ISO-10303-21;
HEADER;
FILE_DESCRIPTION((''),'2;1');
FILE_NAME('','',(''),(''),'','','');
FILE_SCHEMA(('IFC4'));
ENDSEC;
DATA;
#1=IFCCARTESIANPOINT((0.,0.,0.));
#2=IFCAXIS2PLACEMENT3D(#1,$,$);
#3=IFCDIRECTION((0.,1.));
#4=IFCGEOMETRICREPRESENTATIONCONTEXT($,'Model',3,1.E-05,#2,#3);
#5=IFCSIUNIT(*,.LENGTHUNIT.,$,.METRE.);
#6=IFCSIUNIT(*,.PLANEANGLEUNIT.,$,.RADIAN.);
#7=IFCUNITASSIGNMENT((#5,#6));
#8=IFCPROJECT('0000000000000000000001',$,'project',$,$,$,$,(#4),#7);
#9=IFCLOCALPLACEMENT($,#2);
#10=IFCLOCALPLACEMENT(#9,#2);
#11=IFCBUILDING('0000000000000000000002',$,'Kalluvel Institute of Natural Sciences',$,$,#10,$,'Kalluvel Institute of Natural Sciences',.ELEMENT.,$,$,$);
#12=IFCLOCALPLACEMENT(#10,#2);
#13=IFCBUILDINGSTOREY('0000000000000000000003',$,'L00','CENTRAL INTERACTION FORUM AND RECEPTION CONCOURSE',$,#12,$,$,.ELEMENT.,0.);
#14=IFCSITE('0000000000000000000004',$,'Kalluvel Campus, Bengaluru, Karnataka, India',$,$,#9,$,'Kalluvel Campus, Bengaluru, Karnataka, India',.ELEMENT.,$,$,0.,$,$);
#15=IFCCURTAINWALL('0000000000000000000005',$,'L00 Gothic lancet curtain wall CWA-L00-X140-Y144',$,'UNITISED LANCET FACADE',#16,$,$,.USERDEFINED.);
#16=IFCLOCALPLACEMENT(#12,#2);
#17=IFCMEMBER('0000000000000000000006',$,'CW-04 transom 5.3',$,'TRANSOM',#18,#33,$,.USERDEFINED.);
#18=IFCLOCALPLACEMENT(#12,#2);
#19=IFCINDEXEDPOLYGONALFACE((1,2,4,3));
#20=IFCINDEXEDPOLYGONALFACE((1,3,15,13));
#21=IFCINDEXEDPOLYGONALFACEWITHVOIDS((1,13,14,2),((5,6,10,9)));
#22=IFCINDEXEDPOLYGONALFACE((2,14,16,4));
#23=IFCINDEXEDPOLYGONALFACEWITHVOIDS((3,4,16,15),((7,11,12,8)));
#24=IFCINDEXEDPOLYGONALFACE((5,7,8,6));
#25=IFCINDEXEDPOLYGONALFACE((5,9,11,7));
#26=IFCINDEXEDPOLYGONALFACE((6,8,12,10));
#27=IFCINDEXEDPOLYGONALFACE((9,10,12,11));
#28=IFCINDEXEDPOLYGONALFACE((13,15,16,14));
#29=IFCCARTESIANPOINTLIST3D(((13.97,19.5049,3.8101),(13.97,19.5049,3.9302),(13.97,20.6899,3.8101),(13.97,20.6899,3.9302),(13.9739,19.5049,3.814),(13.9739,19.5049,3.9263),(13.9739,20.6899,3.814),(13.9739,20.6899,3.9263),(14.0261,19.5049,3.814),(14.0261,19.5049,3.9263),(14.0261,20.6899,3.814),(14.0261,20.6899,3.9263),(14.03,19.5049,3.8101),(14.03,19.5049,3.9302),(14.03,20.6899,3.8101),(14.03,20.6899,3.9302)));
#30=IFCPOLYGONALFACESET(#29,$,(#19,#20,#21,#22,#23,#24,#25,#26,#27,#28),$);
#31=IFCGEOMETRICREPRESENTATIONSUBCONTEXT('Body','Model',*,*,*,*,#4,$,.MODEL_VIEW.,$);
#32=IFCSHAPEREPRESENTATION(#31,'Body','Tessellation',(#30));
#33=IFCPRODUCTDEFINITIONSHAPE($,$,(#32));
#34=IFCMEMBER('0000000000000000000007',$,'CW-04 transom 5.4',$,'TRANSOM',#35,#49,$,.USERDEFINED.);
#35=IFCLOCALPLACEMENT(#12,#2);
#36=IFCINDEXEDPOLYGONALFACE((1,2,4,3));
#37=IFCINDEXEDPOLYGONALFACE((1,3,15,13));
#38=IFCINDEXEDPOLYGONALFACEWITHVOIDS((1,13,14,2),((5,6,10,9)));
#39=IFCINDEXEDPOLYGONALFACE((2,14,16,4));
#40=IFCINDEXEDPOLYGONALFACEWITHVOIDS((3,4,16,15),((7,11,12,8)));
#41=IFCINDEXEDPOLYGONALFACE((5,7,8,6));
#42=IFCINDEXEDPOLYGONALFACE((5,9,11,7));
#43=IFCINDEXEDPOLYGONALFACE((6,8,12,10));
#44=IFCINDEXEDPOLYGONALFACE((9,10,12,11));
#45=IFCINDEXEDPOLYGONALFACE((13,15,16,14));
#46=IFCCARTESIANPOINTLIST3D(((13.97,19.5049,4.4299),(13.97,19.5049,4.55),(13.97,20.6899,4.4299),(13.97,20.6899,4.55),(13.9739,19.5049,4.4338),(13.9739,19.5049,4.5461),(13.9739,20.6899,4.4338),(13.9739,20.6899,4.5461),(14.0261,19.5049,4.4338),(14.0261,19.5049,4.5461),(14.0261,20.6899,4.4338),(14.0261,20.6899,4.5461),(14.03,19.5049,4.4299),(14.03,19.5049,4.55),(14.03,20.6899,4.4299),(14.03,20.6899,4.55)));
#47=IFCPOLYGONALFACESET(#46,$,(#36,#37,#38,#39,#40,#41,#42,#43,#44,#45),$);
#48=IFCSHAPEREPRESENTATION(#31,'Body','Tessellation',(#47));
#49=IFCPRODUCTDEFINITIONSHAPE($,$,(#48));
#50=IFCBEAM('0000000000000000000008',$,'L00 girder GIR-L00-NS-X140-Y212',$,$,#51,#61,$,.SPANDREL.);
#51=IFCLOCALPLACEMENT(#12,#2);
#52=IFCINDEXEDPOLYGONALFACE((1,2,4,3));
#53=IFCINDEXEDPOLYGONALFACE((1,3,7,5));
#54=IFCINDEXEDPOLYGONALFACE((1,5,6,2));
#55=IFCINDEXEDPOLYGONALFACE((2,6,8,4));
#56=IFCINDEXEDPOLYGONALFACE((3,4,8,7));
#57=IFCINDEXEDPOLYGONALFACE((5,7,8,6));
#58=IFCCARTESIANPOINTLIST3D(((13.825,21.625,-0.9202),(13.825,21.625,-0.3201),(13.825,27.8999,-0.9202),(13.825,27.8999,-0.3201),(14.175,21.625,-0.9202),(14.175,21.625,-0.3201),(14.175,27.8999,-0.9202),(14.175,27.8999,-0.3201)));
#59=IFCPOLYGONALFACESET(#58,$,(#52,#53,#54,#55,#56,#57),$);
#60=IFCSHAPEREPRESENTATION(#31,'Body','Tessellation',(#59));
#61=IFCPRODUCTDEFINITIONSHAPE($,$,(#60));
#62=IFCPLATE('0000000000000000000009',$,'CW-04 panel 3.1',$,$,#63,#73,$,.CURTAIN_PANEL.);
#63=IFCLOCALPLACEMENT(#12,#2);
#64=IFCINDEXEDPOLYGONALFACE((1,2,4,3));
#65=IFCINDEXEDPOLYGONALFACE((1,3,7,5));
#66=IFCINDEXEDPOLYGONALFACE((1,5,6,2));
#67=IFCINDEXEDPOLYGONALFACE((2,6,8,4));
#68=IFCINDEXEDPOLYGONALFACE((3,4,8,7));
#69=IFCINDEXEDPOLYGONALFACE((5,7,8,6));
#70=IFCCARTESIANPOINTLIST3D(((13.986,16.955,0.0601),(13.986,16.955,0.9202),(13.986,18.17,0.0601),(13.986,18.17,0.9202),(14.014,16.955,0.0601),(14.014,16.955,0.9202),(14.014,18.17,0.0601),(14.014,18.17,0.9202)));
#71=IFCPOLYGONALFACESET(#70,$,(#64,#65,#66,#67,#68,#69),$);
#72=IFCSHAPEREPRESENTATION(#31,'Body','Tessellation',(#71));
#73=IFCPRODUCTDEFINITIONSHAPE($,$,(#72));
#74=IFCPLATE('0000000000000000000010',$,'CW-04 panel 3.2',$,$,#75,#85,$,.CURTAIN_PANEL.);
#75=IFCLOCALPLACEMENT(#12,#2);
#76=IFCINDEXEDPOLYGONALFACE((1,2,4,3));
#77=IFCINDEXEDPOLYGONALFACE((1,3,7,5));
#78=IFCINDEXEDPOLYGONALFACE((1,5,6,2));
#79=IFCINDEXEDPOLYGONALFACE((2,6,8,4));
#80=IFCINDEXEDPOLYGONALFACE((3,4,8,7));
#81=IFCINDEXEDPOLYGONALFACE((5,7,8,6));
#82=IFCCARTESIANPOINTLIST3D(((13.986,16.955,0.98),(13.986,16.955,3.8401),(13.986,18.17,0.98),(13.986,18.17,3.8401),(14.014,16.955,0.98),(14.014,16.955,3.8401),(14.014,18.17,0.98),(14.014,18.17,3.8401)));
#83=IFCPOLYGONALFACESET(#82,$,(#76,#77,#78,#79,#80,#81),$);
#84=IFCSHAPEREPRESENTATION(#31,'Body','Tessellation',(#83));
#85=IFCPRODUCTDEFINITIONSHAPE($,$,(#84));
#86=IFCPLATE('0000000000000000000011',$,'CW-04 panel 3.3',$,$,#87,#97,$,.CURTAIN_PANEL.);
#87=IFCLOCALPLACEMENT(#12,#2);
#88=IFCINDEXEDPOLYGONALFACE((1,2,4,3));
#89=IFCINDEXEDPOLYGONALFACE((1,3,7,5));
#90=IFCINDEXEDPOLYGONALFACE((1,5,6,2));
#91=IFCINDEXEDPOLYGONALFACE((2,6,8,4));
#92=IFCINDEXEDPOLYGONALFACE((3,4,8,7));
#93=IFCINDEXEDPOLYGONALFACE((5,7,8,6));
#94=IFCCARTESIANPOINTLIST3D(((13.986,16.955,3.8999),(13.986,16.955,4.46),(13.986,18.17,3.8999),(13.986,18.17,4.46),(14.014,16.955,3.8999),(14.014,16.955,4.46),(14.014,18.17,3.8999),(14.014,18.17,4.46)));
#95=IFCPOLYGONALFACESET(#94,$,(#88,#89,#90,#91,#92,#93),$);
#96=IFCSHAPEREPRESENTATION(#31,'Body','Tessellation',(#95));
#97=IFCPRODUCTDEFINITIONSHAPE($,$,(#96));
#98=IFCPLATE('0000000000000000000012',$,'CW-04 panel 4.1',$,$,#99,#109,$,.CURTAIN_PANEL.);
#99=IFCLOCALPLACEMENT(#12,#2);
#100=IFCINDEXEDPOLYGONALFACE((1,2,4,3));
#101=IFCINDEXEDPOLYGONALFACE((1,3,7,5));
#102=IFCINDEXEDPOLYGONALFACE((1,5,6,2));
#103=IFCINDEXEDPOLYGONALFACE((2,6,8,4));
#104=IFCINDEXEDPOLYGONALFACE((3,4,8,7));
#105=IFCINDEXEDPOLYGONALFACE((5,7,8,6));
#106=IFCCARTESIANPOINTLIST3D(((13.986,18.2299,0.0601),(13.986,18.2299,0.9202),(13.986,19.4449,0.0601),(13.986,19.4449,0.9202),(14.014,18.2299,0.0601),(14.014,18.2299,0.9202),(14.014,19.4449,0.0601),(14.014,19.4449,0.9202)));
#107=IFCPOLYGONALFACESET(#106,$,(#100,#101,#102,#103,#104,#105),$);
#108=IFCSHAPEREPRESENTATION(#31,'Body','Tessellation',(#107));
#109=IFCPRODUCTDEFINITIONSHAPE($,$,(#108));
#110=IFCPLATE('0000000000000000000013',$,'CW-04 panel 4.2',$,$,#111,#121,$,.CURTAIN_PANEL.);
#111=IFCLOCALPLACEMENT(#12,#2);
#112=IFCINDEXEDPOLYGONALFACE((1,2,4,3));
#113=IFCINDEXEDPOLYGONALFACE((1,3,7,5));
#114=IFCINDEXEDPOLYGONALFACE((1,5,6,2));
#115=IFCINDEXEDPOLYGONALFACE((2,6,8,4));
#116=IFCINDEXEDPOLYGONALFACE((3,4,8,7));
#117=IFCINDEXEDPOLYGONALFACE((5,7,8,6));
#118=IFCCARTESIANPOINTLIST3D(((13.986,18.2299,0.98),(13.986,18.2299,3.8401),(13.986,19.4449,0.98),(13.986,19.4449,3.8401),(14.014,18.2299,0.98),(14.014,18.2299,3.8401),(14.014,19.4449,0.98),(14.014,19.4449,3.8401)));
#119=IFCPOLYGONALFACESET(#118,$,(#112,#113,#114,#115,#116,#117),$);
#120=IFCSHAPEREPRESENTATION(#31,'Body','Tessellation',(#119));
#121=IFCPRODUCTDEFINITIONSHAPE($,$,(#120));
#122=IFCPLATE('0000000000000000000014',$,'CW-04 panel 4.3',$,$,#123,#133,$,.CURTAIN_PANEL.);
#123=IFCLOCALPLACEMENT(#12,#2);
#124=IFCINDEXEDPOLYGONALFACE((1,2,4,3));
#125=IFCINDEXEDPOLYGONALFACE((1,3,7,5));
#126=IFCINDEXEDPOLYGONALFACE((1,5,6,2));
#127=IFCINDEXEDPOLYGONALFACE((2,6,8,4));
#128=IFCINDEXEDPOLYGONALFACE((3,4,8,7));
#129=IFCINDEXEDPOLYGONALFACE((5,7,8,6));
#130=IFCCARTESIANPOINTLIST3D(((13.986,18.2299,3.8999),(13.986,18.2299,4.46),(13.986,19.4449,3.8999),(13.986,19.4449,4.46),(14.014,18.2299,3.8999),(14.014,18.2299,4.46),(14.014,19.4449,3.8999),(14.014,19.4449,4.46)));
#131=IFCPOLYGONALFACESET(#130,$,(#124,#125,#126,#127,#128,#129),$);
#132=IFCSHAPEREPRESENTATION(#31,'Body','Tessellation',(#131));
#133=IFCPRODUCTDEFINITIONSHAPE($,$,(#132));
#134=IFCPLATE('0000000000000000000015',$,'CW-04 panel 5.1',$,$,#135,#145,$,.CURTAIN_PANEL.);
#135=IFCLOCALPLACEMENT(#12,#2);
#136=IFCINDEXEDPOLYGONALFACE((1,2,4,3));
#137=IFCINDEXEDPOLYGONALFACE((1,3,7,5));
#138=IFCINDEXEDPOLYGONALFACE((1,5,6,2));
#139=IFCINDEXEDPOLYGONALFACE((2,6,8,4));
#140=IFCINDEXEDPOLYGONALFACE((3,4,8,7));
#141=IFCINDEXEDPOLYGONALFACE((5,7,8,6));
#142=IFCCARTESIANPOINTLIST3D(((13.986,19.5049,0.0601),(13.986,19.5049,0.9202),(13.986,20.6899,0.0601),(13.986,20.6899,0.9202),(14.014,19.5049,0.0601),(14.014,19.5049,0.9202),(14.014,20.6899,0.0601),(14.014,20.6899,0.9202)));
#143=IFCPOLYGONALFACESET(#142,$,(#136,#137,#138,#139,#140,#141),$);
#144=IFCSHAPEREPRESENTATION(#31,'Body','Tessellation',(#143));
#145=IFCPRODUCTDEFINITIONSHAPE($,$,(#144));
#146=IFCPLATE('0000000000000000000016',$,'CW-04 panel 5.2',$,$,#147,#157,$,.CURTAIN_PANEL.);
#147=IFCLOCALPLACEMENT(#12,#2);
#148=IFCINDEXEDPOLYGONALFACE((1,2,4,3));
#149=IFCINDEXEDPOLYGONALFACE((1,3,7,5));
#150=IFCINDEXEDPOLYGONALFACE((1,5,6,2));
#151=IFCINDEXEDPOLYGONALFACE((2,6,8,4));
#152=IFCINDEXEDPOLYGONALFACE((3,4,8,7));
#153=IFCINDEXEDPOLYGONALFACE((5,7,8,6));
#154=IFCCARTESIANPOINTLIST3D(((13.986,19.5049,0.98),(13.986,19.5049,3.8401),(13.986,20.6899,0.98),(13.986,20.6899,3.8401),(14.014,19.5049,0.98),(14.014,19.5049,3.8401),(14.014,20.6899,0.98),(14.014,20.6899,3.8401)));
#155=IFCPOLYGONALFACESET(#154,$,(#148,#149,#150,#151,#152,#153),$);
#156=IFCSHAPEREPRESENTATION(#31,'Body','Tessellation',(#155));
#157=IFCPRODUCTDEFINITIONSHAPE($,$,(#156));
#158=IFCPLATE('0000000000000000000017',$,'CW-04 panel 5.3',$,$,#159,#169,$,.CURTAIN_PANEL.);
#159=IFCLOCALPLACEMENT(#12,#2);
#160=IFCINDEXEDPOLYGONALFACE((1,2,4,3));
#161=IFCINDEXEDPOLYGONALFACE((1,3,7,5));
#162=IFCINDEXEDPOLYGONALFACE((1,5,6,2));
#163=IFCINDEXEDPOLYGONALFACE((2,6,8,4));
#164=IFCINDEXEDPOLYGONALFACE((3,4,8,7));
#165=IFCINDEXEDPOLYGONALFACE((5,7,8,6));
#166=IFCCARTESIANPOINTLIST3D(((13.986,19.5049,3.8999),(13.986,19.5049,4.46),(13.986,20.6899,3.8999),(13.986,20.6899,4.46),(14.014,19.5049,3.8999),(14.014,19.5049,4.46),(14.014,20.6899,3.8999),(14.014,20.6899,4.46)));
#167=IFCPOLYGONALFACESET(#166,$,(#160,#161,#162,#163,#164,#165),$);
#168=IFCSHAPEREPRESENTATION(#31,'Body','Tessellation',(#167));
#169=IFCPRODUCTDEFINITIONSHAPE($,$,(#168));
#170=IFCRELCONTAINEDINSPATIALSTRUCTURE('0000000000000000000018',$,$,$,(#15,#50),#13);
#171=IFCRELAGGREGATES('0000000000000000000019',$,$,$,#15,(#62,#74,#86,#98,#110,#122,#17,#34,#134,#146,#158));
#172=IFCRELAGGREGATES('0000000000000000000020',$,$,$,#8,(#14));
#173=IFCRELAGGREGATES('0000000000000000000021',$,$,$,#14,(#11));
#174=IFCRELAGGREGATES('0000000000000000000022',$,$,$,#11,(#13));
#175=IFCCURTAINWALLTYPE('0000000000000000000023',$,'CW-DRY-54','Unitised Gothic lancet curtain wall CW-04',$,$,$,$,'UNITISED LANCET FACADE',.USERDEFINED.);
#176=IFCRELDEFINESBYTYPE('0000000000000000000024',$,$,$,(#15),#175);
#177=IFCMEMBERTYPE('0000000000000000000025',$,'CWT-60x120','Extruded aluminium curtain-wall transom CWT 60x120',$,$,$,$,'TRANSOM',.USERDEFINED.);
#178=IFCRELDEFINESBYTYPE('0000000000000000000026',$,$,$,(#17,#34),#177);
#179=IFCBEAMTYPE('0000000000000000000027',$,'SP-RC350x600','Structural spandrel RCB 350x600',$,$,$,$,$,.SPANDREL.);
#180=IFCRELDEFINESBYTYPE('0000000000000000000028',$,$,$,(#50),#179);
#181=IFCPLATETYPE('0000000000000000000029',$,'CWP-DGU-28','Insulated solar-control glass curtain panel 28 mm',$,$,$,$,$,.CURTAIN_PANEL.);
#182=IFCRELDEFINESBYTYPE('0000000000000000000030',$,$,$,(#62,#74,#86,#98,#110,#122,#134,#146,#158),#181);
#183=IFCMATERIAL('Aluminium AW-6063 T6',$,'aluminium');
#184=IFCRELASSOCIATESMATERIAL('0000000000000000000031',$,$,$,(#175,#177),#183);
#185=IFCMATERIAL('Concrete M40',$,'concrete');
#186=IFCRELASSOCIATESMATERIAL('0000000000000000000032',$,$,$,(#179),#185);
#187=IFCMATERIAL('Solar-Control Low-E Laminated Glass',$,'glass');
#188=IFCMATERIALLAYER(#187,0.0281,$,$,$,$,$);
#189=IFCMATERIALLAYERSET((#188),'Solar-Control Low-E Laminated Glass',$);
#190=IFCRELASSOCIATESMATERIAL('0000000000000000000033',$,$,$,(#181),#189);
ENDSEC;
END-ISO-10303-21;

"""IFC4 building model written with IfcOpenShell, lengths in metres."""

from ifc_helpers import new_model, si_unit, direction, frame, origin, origin_2d, place, context, subcontext, project, spatial, rectangle, hollow_rectangle, extrude, material, layer, layer_set, material_profile, profile_set, type_object, element, aggregate, save


model = new_model("IFC4")

# Units and contexts
model_context = context("Model", 3, precision=1e-05, world=origin(), true_north=direction((0.0, 1.0)))
body_context = subcontext(model_context, "Body", "Model", "MODEL_VIEW")
ifc_project = project(units=[si_unit("LENGTHUNIT", "METRE"), si_unit("PLANEANGLEUNIT", "RADIAN")], contexts=[model_context])

# Site, building, storey
site_placement = place(None, origin())
site = spatial("IfcSite", under=ifc_project, at=site_placement, Name="Kalluvel Campus, Bengaluru, Karnataka, India", LongName="Kalluvel Campus, Bengaluru, Karnataka, India", CompositionType="ELEMENT", RefElevation=0.0)
building_placement = place(site_placement, origin())
building = spatial("IfcBuilding", under=site, at=building_placement, Name="Kalluvel Institute of Natural Sciences", LongName="Kalluvel Institute of Natural Sciences", CompositionType="ELEMENT")
storey_placement = place(building_placement, origin())
storey = spatial("IfcBuildingStorey", under=building, at=storey_placement, Name="L00", Description="CENTRAL INTERACTION FORUM AND RECEPTION CONCOURSE", CompositionType="ELEMENT", Elevation=0.0)

# Shared definitions
ifc_material_1 = material(Name="Concrete M40", Category="concrete")

# Curtain wall, members
ifc_material_2 = material(Name="Aluminium AW-6063 T6", Category="aluminium")
curtain_wall_type = type_object("IfcCurtainWallType", Name="CW-DRY-54", Description="Unitised Gothic lancet curtain wall CW-04", ElementType="UNITISED LANCET FACADE", PredefinedType="USERDEFINED", material=ifc_material_2)
curtain_wall_placement = place(storey_placement, origin())
curtain_wall = element("IfcCurtainWall", 1, at=curtain_wall_placement, inside=storey, type_object=curtain_wall_type, Name="L00 Gothic lancet curtain wall CWA-L00-X140-Y144", ObjectType="UNITISED LANCET FACADE", PredefinedType="USERDEFINED")
ifc_material_profile_1 = material_profile(ifc_material_2, hollow_rectangle(XDim=0.0601, YDim=0.1201, WallThickness=0.0039, at=origin_2d()), Name="CWT 60x120")
ifc_profile_set_1 = profile_set([ifc_material_profile_1], Name="Aluminium AW-6063 T6")
member_type_1 = type_object("IfcMemberType", Name="CWT-60x120", Description="Extruded aluminium curtain-wall transom CWT 60x120", ElementType="TRANSOM", PredefinedType="USERDEFINED", material=ifc_profile_set_1)
member_1_placement = place(storey_placement, frame((14.0, 19.5049, 3.8701), z_axis=(0.0, 1.0, 0.0), x_axis=(-1.0, 0.0, 0.0)))
member_1 = element("IfcMember", 2, at=member_1_placement, type_object=member_type_1, Name="CW-04 transom 5.3", ObjectType="TRANSOM", PredefinedType="USERDEFINED", context=body_context, shape_type="SweptSolid", body=[
    extrude(hollow_rectangle(XDim=0.0601, YDim=0.1201, WallThickness=0.0039, at=origin_2d()), origin(), (0.0, 0.0, 1.0), 1.1851),
])
member_2_placement = place(storey_placement, frame((14.0, 19.5049, 4.49), z_axis=(0.0, 1.0, 0.0), x_axis=(-1.0, 0.0, 0.0)))
member_2 = element("IfcMember", 3, at=member_2_placement, type_object=member_type_1, Name="CW-04 transom 5.4", ObjectType="TRANSOM", PredefinedType="USERDEFINED", context=body_context, shape_type="SweptSolid", body=[
    extrude(hollow_rectangle(XDim=0.0601, YDim=0.1201, WallThickness=0.0039, at=origin_2d()), origin(), (0.0, 0.0, 1.0), 1.1851),
])

# Beam
ifc_material_profile_2 = material_profile(ifc_material_1, rectangle(XDim=0.3501, YDim=0.6001, at=origin_2d()), Name="RCB 350x600")
ifc_profile_set_2 = profile_set([ifc_material_profile_2], Name="Concrete M40")
beam_type_1 = type_object("IfcBeamType", Name="SP-RC350x600", Description="Structural spandrel RCB 350x600", PredefinedType="SPANDREL", material=ifc_profile_set_2)
beam_1_placement = place(storey_placement, frame((14.0, 21.625, -0.6201), z_axis=(0.0, 1.0, 0.0), x_axis=(-1.0, 0.0, 0.0)))
element("IfcBeam", 4, at=beam_1_placement, inside=storey, type_object=beam_type_1, Name="L00 girder GIR-L00-NS-X140-Y212", PredefinedType="SPANDREL", context=body_context, shape_type="SweptSolid", body=[
    extrude(rectangle(XDim=0.3501, YDim=0.6001, at=origin_2d()), origin(), (0.0, 0.0, 1.0), 6.2749),
])

# Plates
ifc_material_3 = material(Name="Solar-Control Low-E Laminated Glass", Category="glass")
ifc_layer_1 = layer(ifc_material_3, 0.0281)
ifc_layer_set_1 = layer_set([ifc_layer_1], Name="Solar-Control Low-E Laminated Glass")
plate_type = type_object("IfcPlateType", Name="CWP-DGU-28", Description="Insulated solar-control glass curtain panel 28 mm", PredefinedType="CURTAIN_PANEL", material=ifc_layer_set_1)
plate_1_placement = place(storey_placement, frame((14.0, 17.5625, 0.0601), z_axis=(0.0, 0.0, 1.0), x_axis=(0.0, 1.0, 0.0)))
plate_1 = element("IfcPlate", 5, at=plate_1_placement, type_object=plate_type, Name="CW-04 panel 3.1", PredefinedType="CURTAIN_PANEL", context=body_context, shape_type="SweptSolid", body=[
    extrude(rectangle(XDim=1.2151, YDim=0.0281, at=origin_2d()), origin(), (0.0, 0.0, 1.0), 0.8601),
])
plate_2_placement = place(storey_placement, frame((14.0, 17.5625, 0.98), z_axis=(0.0, 0.0, 1.0), x_axis=(0.0, 1.0, 0.0)))
plate_2 = element("IfcPlate", 6, at=plate_2_placement, type_object=plate_type, Name="CW-04 panel 3.2", PredefinedType="CURTAIN_PANEL", context=body_context, shape_type="SweptSolid", body=[
    extrude(rectangle(XDim=1.2151, YDim=0.0281, at=origin_2d()), origin(), (0.0, 0.0, 1.0), 2.8601),
])
plate_3_placement = place(storey_placement, frame((14.0, 17.5625, 3.8999), z_axis=(0.0, 0.0, 1.0), x_axis=(0.0, 1.0, 0.0)))
plate_3 = element("IfcPlate", 7, at=plate_3_placement, type_object=plate_type, Name="CW-04 panel 3.3", PredefinedType="CURTAIN_PANEL", context=body_context, shape_type="SweptSolid", body=[
    extrude(rectangle(XDim=1.2151, YDim=0.0281, at=origin_2d()), origin(), (0.0, 0.0, 1.0), 0.5601),
])
plate_4_placement = place(storey_placement, frame((14.0, 18.8374, 0.0601), z_axis=(0.0, 0.0, 1.0), x_axis=(0.0, 1.0, 0.0)))
plate_4 = element("IfcPlate", 8, at=plate_4_placement, type_object=plate_type, Name="CW-04 panel 4.1", PredefinedType="CURTAIN_PANEL", context=body_context, shape_type="SweptSolid", body=[
    extrude(rectangle(XDim=1.2151, YDim=0.0281, at=origin_2d()), origin(), (0.0, 0.0, 1.0), 0.8601),
])
plate_5_placement = place(storey_placement, frame((14.0, 18.8374, 0.98), z_axis=(0.0, 0.0, 1.0), x_axis=(0.0, 1.0, 0.0)))
plate_5 = element("IfcPlate", 9, at=plate_5_placement, type_object=plate_type, Name="CW-04 panel 4.2", PredefinedType="CURTAIN_PANEL", context=body_context, shape_type="SweptSolid", body=[
    extrude(rectangle(XDim=1.2151, YDim=0.0281, at=origin_2d()), origin(), (0.0, 0.0, 1.0), 2.8601),
])
plate_6_placement = place(storey_placement, frame((14.0, 18.8374, 3.8999), z_axis=(0.0, 0.0, 1.0), x_axis=(0.0, 1.0, 0.0)))
plate_6 = element("IfcPlate", 10, at=plate_6_placement, type_object=plate_type, Name="CW-04 panel 4.3", PredefinedType="CURTAIN_PANEL", context=body_context, shape_type="SweptSolid", body=[
    extrude(rectangle(XDim=1.2151, YDim=0.0281, at=origin_2d()), origin(), (0.0, 0.0, 1.0), 0.5601),
])
plate_7_placement = place(storey_placement, frame((14.0, 20.0974, 0.0601), z_axis=(0.0, 0.0, 1.0), x_axis=(0.0, 1.0, 0.0)))
plate_7 = element("IfcPlate", 11, at=plate_7_placement, type_object=plate_type, Name="CW-04 panel 5.1", PredefinedType="CURTAIN_PANEL", context=body_context, shape_type="SweptSolid", body=[
    extrude(rectangle(XDim=1.1851, YDim=0.0281, at=origin_2d()), origin(), (0.0, 0.0, 1.0), 0.8601),
])
plate_8_placement = place(storey_placement, frame((14.0, 20.0974, 0.98), z_axis=(0.0, 0.0, 1.0), x_axis=(0.0, 1.0, 0.0)))
plate_8 = element("IfcPlate", 12, at=plate_8_placement, type_object=plate_type, Name="CW-04 panel 5.2", PredefinedType="CURTAIN_PANEL", context=body_context, shape_type="SweptSolid", body=[
    extrude(rectangle(XDim=1.1851, YDim=0.0281, at=origin_2d()), origin(), (0.0, 0.0, 1.0), 2.8601),
])
plate_9_placement = place(storey_placement, frame((14.0, 20.0974, 3.8999), z_axis=(0.0, 0.0, 1.0), x_axis=(0.0, 1.0, 0.0)))
plate_9 = element("IfcPlate", 13, at=plate_9_placement, type_object=plate_type, Name="CW-04 panel 5.3", PredefinedType="CURTAIN_PANEL", context=body_context, shape_type="SweptSolid", body=[
    extrude(rectangle(XDim=1.1851, YDim=0.0281, at=origin_2d()), origin(), (0.0, 0.0, 1.0), 0.5601),
])
aggregate(curtain_wall, [plate_1, plate_2, plate_3, plate_4, plate_5, plate_6, member_1, member_2, plate_7, plate_8, plate_9])

save(model, "model.ifc")
